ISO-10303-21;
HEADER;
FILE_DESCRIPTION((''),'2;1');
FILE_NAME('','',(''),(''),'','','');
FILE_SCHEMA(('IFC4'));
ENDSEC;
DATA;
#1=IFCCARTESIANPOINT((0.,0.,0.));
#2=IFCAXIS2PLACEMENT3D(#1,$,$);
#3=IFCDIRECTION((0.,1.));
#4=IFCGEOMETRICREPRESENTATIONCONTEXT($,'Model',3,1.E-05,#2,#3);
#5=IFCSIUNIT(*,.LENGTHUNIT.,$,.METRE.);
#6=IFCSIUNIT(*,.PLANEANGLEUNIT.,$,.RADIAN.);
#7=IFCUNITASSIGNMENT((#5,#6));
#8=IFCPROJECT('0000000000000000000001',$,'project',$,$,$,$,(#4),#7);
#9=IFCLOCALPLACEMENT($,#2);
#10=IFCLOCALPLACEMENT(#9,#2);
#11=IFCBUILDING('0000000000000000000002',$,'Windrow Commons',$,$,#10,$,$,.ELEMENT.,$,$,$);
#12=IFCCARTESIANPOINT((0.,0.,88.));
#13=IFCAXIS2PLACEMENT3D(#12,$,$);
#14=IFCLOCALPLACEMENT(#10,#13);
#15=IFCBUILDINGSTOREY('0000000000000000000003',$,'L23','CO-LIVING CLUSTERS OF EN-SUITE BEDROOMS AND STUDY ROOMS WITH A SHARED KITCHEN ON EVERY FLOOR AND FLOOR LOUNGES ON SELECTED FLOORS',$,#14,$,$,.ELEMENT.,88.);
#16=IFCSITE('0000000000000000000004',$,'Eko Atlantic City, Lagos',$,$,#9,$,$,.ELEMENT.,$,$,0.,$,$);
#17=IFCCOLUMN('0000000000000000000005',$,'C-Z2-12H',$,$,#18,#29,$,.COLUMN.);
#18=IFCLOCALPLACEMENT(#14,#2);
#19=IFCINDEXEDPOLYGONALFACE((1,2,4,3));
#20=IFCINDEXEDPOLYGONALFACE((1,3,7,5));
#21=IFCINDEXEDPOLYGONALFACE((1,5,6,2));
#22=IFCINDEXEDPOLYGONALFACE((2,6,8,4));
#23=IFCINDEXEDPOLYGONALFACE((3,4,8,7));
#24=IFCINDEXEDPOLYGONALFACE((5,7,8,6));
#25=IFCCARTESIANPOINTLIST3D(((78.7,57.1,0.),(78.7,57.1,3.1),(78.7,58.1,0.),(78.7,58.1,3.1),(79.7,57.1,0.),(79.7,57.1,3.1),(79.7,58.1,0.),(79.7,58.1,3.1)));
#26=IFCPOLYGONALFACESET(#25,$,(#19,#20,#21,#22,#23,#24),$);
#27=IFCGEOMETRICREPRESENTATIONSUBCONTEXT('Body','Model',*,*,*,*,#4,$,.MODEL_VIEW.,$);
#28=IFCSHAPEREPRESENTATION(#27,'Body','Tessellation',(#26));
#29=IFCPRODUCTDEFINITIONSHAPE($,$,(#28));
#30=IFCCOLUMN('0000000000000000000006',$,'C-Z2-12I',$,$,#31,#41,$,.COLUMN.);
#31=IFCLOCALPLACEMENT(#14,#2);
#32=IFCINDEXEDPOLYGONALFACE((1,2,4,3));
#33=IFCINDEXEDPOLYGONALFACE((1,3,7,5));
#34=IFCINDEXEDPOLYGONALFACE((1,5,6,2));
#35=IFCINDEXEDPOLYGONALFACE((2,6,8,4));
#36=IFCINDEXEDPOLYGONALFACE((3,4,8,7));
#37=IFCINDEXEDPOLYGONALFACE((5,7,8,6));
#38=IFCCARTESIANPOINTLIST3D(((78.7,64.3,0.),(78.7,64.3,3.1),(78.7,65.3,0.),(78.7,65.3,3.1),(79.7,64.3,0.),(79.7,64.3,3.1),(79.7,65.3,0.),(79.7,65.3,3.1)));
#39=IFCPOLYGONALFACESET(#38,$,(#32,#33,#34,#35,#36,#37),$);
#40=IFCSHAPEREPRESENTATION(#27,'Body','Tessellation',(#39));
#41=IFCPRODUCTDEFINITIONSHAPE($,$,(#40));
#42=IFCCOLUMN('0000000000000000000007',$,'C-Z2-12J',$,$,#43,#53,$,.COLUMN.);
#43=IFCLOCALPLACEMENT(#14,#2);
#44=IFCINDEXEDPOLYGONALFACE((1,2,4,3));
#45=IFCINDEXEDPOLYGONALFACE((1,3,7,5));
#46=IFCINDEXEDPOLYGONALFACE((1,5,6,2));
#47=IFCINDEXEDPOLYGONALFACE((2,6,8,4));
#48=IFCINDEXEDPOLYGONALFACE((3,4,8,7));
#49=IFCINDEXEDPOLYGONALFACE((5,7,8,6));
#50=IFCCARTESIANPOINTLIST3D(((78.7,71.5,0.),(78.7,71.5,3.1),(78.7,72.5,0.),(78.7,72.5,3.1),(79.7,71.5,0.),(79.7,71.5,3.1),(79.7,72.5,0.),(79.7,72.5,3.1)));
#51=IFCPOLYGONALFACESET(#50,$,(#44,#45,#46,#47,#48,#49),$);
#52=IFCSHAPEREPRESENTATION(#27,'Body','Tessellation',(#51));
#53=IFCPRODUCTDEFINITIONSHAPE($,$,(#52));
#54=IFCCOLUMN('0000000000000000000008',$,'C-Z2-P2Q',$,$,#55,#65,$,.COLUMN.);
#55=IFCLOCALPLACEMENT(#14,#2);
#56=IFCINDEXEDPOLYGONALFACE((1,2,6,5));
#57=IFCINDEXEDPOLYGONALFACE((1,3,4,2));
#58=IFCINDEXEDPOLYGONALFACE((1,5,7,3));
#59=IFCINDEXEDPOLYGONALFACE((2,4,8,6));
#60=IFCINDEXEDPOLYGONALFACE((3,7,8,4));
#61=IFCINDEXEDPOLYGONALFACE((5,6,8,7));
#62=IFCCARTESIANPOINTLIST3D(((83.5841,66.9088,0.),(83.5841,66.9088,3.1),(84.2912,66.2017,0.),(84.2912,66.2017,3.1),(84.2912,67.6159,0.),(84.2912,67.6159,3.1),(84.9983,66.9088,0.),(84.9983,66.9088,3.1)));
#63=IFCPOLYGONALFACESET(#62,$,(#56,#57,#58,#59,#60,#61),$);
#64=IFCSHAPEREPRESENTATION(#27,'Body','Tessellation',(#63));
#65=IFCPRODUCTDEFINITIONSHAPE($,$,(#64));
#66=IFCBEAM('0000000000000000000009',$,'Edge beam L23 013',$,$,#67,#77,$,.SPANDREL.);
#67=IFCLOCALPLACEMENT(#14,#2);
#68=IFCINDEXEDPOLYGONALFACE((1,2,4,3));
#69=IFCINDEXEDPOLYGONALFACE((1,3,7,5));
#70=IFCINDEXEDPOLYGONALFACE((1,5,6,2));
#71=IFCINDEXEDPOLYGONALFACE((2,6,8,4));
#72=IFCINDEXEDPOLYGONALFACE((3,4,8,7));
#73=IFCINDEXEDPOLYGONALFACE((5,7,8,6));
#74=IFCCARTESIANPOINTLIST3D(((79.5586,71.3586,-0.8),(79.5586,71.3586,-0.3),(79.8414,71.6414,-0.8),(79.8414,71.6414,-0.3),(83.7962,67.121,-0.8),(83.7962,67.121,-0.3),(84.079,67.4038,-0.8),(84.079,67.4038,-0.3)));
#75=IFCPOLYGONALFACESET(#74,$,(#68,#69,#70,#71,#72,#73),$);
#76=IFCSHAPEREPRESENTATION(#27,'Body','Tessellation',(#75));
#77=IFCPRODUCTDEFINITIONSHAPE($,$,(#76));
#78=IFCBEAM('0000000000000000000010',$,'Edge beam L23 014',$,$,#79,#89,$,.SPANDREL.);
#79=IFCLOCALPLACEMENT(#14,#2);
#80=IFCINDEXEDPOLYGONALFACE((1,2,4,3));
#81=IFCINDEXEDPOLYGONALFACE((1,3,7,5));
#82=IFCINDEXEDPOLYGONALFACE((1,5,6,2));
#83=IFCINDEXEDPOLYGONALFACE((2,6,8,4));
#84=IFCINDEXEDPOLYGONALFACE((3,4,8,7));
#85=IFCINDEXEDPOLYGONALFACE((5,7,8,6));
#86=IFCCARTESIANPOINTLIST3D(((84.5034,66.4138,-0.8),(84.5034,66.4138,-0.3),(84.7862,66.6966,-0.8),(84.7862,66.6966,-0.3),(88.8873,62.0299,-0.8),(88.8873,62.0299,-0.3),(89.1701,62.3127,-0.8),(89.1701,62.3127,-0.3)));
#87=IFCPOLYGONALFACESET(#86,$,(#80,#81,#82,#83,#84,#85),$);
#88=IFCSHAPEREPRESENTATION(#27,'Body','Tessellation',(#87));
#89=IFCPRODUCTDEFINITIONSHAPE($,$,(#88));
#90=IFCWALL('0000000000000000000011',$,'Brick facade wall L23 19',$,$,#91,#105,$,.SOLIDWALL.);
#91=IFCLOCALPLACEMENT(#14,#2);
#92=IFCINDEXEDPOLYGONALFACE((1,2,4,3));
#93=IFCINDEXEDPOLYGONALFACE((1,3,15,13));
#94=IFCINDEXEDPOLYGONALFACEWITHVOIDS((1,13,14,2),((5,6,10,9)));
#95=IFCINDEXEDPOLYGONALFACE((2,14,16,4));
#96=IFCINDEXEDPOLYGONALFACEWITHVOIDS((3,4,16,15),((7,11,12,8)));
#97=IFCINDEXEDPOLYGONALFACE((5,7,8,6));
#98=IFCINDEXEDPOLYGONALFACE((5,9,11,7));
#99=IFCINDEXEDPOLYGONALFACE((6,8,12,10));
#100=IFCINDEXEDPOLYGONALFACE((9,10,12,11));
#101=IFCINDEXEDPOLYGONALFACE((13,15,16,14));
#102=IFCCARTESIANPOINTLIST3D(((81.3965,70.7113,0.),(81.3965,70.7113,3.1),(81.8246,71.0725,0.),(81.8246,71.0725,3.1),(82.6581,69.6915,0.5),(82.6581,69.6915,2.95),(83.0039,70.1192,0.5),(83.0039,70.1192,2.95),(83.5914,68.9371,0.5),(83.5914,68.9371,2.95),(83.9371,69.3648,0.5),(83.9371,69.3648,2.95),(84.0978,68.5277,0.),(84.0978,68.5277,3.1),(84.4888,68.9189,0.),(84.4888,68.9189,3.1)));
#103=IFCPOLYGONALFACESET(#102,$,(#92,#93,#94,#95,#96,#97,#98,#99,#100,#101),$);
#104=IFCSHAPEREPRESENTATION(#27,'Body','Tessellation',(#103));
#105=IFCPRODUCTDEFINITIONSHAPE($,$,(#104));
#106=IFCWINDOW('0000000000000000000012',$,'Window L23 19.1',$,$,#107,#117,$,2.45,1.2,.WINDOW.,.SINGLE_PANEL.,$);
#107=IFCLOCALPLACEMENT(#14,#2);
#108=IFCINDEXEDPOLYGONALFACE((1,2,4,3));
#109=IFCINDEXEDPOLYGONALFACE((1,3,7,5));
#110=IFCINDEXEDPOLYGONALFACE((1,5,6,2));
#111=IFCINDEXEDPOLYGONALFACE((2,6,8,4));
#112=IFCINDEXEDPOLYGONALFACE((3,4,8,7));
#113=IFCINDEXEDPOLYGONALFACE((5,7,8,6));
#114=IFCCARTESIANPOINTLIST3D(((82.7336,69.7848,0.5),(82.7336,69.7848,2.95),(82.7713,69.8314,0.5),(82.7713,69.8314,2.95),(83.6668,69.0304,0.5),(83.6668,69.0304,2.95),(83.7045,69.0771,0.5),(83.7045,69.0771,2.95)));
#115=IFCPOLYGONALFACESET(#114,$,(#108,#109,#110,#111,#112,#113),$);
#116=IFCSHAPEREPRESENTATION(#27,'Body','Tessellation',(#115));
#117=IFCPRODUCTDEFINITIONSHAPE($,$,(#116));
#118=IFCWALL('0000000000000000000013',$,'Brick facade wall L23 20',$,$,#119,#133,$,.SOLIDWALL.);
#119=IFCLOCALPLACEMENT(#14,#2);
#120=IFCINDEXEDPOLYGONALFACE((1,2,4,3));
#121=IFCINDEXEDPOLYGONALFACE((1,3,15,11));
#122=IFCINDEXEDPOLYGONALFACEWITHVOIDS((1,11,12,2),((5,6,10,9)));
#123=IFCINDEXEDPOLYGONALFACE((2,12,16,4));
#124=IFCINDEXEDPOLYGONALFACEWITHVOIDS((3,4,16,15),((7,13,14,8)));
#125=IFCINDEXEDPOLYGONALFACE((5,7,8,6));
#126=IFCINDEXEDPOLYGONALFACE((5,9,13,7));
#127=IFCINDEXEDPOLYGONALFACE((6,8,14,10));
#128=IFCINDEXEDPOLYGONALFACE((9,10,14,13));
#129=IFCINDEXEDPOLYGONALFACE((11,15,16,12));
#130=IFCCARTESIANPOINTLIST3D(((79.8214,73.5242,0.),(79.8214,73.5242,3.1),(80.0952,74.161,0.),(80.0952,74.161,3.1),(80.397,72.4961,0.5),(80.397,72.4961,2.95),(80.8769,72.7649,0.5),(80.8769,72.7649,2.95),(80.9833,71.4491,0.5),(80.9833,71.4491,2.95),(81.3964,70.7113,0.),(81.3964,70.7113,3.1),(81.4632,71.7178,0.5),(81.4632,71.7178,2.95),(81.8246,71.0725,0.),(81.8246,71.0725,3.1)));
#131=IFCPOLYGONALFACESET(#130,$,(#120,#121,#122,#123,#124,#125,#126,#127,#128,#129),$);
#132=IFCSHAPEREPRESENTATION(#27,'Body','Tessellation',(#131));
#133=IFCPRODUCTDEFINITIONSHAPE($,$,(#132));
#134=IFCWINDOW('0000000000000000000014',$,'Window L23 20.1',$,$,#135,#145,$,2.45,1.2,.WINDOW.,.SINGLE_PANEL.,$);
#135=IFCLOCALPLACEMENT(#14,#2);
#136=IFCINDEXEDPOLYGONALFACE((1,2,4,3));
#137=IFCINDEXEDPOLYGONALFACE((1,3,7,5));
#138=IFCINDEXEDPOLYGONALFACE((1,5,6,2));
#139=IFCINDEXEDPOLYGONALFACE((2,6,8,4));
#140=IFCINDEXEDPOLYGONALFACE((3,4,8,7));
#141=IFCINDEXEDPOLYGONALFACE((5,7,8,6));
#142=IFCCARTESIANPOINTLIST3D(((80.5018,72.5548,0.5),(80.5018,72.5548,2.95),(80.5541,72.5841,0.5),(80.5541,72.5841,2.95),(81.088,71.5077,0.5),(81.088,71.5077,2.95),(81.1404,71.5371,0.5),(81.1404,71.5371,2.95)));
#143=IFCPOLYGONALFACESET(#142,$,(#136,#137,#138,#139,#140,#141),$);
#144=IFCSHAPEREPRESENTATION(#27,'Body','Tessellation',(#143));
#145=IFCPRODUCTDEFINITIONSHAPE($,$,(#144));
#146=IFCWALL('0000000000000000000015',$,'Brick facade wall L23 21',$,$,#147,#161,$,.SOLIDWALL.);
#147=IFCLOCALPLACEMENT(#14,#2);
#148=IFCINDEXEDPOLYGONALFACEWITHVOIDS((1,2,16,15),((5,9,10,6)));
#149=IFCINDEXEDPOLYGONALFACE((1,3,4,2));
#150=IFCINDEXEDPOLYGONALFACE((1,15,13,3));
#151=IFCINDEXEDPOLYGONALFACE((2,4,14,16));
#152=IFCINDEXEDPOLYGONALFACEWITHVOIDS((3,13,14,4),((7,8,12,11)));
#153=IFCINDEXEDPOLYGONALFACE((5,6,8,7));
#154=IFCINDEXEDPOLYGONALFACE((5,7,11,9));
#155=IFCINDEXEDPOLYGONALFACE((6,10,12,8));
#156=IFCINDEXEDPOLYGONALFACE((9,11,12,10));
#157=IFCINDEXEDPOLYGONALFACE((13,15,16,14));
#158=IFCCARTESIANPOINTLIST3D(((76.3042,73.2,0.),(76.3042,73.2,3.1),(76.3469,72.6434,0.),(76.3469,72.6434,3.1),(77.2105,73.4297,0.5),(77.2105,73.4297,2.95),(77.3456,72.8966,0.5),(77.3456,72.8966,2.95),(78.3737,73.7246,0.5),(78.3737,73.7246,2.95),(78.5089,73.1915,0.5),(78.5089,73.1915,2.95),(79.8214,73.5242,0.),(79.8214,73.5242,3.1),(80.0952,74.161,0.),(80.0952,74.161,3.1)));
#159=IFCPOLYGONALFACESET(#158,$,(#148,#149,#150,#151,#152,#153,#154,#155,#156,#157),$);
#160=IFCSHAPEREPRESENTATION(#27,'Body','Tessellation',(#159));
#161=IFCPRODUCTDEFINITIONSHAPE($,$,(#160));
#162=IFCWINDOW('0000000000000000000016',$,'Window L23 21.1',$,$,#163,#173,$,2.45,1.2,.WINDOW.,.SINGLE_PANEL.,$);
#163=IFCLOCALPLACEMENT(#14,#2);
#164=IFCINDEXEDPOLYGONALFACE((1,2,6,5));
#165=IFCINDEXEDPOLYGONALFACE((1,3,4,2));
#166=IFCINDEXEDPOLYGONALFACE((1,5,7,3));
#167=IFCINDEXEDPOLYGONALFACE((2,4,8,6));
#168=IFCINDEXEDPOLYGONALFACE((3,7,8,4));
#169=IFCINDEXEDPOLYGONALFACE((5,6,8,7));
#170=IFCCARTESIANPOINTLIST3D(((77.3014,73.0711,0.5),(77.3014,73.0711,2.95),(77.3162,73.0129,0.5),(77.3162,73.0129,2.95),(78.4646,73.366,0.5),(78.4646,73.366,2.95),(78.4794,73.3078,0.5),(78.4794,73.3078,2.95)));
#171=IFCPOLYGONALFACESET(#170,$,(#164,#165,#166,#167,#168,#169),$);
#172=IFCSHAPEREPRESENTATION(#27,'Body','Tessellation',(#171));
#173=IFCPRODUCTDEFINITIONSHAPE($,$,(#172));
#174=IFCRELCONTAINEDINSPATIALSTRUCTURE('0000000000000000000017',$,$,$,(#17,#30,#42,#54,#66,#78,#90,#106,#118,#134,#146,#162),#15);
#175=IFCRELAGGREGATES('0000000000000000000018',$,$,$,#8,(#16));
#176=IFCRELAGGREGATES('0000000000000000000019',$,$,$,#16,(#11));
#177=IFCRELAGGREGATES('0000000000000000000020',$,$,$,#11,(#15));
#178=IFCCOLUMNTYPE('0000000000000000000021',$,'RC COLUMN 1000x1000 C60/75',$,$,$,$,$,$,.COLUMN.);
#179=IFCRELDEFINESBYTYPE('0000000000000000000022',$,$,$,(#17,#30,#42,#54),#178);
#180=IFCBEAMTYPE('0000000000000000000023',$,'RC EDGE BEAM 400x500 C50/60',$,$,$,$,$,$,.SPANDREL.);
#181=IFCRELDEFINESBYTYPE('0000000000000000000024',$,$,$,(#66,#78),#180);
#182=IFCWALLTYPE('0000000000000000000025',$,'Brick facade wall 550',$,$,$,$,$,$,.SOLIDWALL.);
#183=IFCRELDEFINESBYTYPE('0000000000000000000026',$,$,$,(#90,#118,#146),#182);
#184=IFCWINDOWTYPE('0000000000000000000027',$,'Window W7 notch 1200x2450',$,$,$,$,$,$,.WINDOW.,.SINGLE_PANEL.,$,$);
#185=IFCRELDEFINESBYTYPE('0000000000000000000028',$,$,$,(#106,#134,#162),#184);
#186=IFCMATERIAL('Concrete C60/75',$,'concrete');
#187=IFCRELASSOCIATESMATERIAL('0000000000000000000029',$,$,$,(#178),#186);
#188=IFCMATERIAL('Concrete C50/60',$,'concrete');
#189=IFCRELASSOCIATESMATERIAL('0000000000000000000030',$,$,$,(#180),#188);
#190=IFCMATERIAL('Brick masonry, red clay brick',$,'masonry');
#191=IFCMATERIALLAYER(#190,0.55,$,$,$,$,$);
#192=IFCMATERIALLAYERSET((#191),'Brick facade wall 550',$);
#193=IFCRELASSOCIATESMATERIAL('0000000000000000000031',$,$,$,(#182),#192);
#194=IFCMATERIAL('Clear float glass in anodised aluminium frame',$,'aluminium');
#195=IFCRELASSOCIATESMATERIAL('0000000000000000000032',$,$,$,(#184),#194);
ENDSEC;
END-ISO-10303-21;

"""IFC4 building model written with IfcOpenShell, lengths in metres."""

from ifc_helpers import new_model, si_unit, direction, frame, frame_2d, origin, origin_2d, place, context, subcontext, project, spatial, polyline, rectangle, outline, extrude, material, layer, layer_set, material_profile, profile_set, type_object, element, fill, save


model = new_model("IFC4")

# Units and contexts
model_context = context("Model", 3, precision=1e-05, world=origin(), true_north=direction((0.0, 1.0)))
body_context = subcontext(model_context, "Body", "Model", "MODEL_VIEW")
ifc_project = project(units=[si_unit("LENGTHUNIT", "METRE"), si_unit("PLANEANGLEUNIT", "RADIAN")], contexts=[model_context])

# Site, building, storey
site_placement = place(None, origin())
site = spatial("IfcSite", under=ifc_project, at=site_placement, Name="Eko Atlantic City, Lagos", CompositionType="ELEMENT", RefElevation=0.0)
building_placement = place(site_placement, origin())
building = spatial("IfcBuilding", under=site, at=building_placement, Name="Windrow Commons", CompositionType="ELEMENT")
storey_placement = place(building_placement, frame((0.0, 0.0, 88.0)))
storey = spatial("IfcBuildingStorey", under=building, at=storey_placement, Name="L23", Description="CO-LIVING CLUSTERS OF EN-SUITE BEDROOMS AND STUDY ROOMS WITH A SHARED KITCHEN ON EVERY FLOOR AND FLOOR LOUNGES ON SELECTED FLOORS", CompositionType="ELEMENT", Elevation=88.0)

# Columns
ifc_material_1 = material(Name="Concrete C60/75", Category="concrete")
ifc_material_profile_1 = material_profile(ifc_material_1, rectangle(XDim=1.0, YDim=1.0, at=origin_2d()))
ifc_profile_set_1 = profile_set([ifc_material_profile_1], Name="Concrete C60/75")
column_type = type_object("IfcColumnType", Name="RC COLUMN 1000x1000 C60/75", PredefinedType="COLUMN", material=ifc_profile_set_1)
for number, where, z_axis, x_axis, name in (
    (1, (79.2, 57.6, 0.0), (0.0, 0.0, 1.0), (1.0, 0.0, 0.0), "C-Z2-12H"),
    (2, (79.2, 64.8, 0.0), (0.0, 0.0, 1.0), (1.0, 0.0, 0.0), "C-Z2-12I"),
    (3, (79.2, 72.0, 0.0), (0.0, 0.0, 1.0), (1.0, 0.0, 0.0), "C-Z2-12J"),
    (4, (84.2912, 66.9088, 0.0), (0.0, 0.0, 1.0), (0.707107, -0.707107, 0.0), "C-Z2-P2Q"),
):
    element("IfcColumn", number, at=place(storey_placement, frame(where, z_axis=z_axis, x_axis=x_axis)), inside=storey, type_object=column_type, Name=name, PredefinedType="COLUMN", context=body_context, shape_type="SweptSolid", body=[
        extrude(rectangle(XDim=1.0, YDim=1.0, at=origin_2d()), origin(), (0.0, 0.0, 1.0), 3.1),
    ])

# Beams
ifc_material_2 = material(Name="Concrete C50/60", Category="concrete")
ifc_material_profile_2 = material_profile(ifc_material_2, rectangle(XDim=0.4, YDim=0.5, at=origin_2d()))
ifc_profile_set_2 = profile_set([ifc_material_profile_2], Name="Concrete C50/60")
beam_type = type_object("IfcBeamType", Name="RC EDGE BEAM 400x500 C50/60", PredefinedType="SPANDREL", material=ifc_profile_set_2)
beam_1_placement = place(storey_placement, frame((79.7, 71.5, -0.55), z_axis=(0.707107, -0.707107, 0.0), x_axis=(0.707107, 0.707107, 0.0)))
element("IfcBeam", 5, at=beam_1_placement, inside=storey, type_object=beam_type, Name="Edge beam L23 013", PredefinedType="SPANDREL", context=body_context, shape_type="SweptSolid", body=[
    extrude(rectangle(XDim=0.4, YDim=0.5, at=origin_2d()), origin(), (0.0, 0.0, 1.0), 5.9929),
])
beam_2_placement = place(storey_placement, frame((84.6448, 66.5552, -0.55), z_axis=(0.707107, -0.707107, 0.0), x_axis=(0.707107, 0.707107, 0.0)))
element("IfcBeam", 6, at=beam_2_placement, inside=storey, type_object=beam_type, Name="Edge beam L23 014", PredefinedType="SPANDREL", context=body_context, shape_type="SweptSolid", body=[
    extrude(rectangle(XDim=0.4, YDim=0.5, at=origin_2d()), origin(), (0.0, 0.0, 1.0), 6.1998),
])

# Walls, openings, windows
ifc_material_3 = material(Name="Brick masonry, red clay brick", Category="masonry")
ifc_layer_1 = layer(ifc_material_3, 0.55)
ifc_layer_set_1 = layer_set([ifc_layer_1], Name="Brick facade wall 550")
wall_type_1 = type_object("IfcWallType", Name="Brick facade wall 550", PredefinedType="SOLIDWALL", material=ifc_layer_set_1)
wall_1_placement = place(storey_placement, frame((84.2933, 68.7233, 0.0), z_axis=(0.0, 0.0, 1.0), x_axis=(-0.777697, 0.628639, 0.0)))
wall_1 = element("IfcWall", 7, at=wall_1_placement, inside=storey, type_object=wall_type_1, Name="Brick facade wall L23 19", PredefinedType="SOLIDWALL", context=body_context, shape_type="SweptSolid", body=[
    extrude(outline(polyline([(-0.0291, -0.275), (3.3967, -0.275), (3.5026, 0.275), (0.0291, 0.275), (-0.0291, -0.275)])), origin(), (0.0, 0.0, 1.0), 3.1),
])
opening_1_placement = place(wall_1_placement, frame((0.6803, 0.0, 0.5)))
opening_1 = element("IfcOpeningElement", 8, at=opening_1_placement, cuts=wall_1, PredefinedType="OPENING", context=body_context, shape_type="SweptSolid", body=[
    extrude(rectangle(XDim=1.2, YDim=2.45, at=frame_2d((0.6, 1.225))), frame((0.0, 0.285, 0.0), z_axis=(0.0, -1.0, 0.0), x_axis=(1.0, 0.0, 0.0)), (0.0, 0.0, 1.0), 0.57),
])
ifc_material_4 = material(Name="Clear float glass in anodised aluminium frame", Category="aluminium")
window_type = type_object("IfcWindowType", Name="Window W7 notch 1200x2450", PartitioningType="SINGLE_PANEL", PredefinedType="WINDOW", material=ifc_material_4)
window_1_placement = place(opening_1_placement, origin())
window_1 = element("IfcWindow", 9, at=window_1_placement, inside=storey, type_object=window_type, Name="Window L23 19.1", OverallHeight=2.45, OverallWidth=1.2, PartitioningType="SINGLE_PANEL", PredefinedType="WINDOW", context=body_context, shape_type="SweptSolid", body=[
    extrude(rectangle(XDim=1.2, YDim=2.45, at=frame_2d((0.6, 1.225))), frame((0.0, 0.155, 0.0), z_axis=(0.0, -1.0, 0.0), x_axis=(1.0, 0.0, 0.0)), (0.0, 0.0, 1.0), 0.06),
])
fill(opening_1, window_1)
wall_2_placement = place(storey_placement, frame((81.6105, 70.8919, 0.0), z_axis=(0.0, 0.0, 1.0), x_axis=(-0.48856, 0.87253, 0.0)))
wall_2 = element("IfcWall", 10, at=wall_2_placement, inside=storey, type_object=wall_type_1, Name="Brick facade wall L23 20", PredefinedType="SOLIDWALL", context=body_context, shape_type="SweptSolid", body=[
    extrude(outline(polyline([(0.053, -0.275), (3.5927, -0.275), (3.1708, 0.275), (-0.053, 0.275), (0.053, -0.275)])), origin(), (0.0, 0.0, 1.0), 3.1),
])
opening_2_placement = place(wall_2_placement, frame((0.7926, 0.0, 0.5)))
opening_2 = element("IfcOpeningElement", 11, at=opening_2_placement, cuts=wall_2, PredefinedType="OPENING", context=body_context, shape_type="SweptSolid", body=[
    extrude(rectangle(XDim=1.2, YDim=2.45, at=frame_2d((0.6, 1.225))), frame((0.0, 0.285, 0.0), z_axis=(0.0, -1.0, 0.0), x_axis=(1.0, 0.0, 0.0)), (0.0, 0.0, 1.0), 0.57),
])
window_2_placement = place(opening_2_placement, origin())
window_2 = element("IfcWindow", 12, at=window_2_placement, inside=storey, type_object=window_type, Name="Window L23 20.1", OverallHeight=2.45, OverallWidth=1.2, PartitioningType="SINGLE_PANEL", PredefinedType="WINDOW", context=body_context, shape_type="SweptSolid", body=[
    extrude(rectangle(XDim=1.2, YDim=2.45, at=frame_2d((0.6, 1.225))), frame((0.0, 0.155, 0.0), z_axis=(0.0, -1.0, 0.0), x_axis=(1.0, 0.0, 0.0)), (0.0, 0.0, 1.0), 0.06),
])
fill(opening_2, window_2)
wall_3_placement = place(storey_placement, frame((79.9583, 73.8426, 0.0), z_axis=(0.0, 0.0, 1.0), x_axis=(-0.96934, -0.245724, 0.0)))
wall_3 = element("IfcWall", 13, at=wall_3_placement, inside=storey, type_object=wall_type_1, Name="Brick facade wall L23 21", PredefinedType="SOLIDWALL", context=body_context, shape_type="SweptSolid", body=[
    extrude(outline(polyline([(-0.2109, -0.275), (3.7, -0.275), (3.7953, 0.275), (0.2109, 0.275), (-0.2109, -0.275)])), origin(), (0.0, 0.0, 1.0), 3.1),
])
opening_3_placement = place(wall_3_placement, frame((1.565, 0.0, 0.5)))
opening_3 = element("IfcOpeningElement", 14, at=opening_3_placement, cuts=wall_3, PredefinedType="OPENING", context=body_context, shape_type="SweptSolid", body=[
    extrude(rectangle(XDim=1.2, YDim=2.45, at=frame_2d((0.6, 1.225))), frame((0.0, 0.285, 0.0), z_axis=(0.0, -1.0, 0.0), x_axis=(1.0, 0.0, 0.0)), (0.0, 0.0, 1.0), 0.57),
])
window_3_placement = place(opening_3_placement, origin())
window_3 = element("IfcWindow", 15, at=window_3_placement, inside=storey, type_object=window_type, Name="Window L23 21.1", OverallHeight=2.45, OverallWidth=1.2, PartitioningType="SINGLE_PANEL", PredefinedType="WINDOW", context=body_context, shape_type="SweptSolid", body=[
    extrude(rectangle(XDim=1.2, YDim=2.45, at=frame_2d((0.6, 1.225))), frame((0.0, 0.155, 0.0), z_axis=(0.0, -1.0, 0.0), x_axis=(1.0, 0.0, 0.0)), (0.0, 0.0, 1.0), 0.06),
])
fill(opening_3, window_3)

save(model, "model.ifc")
